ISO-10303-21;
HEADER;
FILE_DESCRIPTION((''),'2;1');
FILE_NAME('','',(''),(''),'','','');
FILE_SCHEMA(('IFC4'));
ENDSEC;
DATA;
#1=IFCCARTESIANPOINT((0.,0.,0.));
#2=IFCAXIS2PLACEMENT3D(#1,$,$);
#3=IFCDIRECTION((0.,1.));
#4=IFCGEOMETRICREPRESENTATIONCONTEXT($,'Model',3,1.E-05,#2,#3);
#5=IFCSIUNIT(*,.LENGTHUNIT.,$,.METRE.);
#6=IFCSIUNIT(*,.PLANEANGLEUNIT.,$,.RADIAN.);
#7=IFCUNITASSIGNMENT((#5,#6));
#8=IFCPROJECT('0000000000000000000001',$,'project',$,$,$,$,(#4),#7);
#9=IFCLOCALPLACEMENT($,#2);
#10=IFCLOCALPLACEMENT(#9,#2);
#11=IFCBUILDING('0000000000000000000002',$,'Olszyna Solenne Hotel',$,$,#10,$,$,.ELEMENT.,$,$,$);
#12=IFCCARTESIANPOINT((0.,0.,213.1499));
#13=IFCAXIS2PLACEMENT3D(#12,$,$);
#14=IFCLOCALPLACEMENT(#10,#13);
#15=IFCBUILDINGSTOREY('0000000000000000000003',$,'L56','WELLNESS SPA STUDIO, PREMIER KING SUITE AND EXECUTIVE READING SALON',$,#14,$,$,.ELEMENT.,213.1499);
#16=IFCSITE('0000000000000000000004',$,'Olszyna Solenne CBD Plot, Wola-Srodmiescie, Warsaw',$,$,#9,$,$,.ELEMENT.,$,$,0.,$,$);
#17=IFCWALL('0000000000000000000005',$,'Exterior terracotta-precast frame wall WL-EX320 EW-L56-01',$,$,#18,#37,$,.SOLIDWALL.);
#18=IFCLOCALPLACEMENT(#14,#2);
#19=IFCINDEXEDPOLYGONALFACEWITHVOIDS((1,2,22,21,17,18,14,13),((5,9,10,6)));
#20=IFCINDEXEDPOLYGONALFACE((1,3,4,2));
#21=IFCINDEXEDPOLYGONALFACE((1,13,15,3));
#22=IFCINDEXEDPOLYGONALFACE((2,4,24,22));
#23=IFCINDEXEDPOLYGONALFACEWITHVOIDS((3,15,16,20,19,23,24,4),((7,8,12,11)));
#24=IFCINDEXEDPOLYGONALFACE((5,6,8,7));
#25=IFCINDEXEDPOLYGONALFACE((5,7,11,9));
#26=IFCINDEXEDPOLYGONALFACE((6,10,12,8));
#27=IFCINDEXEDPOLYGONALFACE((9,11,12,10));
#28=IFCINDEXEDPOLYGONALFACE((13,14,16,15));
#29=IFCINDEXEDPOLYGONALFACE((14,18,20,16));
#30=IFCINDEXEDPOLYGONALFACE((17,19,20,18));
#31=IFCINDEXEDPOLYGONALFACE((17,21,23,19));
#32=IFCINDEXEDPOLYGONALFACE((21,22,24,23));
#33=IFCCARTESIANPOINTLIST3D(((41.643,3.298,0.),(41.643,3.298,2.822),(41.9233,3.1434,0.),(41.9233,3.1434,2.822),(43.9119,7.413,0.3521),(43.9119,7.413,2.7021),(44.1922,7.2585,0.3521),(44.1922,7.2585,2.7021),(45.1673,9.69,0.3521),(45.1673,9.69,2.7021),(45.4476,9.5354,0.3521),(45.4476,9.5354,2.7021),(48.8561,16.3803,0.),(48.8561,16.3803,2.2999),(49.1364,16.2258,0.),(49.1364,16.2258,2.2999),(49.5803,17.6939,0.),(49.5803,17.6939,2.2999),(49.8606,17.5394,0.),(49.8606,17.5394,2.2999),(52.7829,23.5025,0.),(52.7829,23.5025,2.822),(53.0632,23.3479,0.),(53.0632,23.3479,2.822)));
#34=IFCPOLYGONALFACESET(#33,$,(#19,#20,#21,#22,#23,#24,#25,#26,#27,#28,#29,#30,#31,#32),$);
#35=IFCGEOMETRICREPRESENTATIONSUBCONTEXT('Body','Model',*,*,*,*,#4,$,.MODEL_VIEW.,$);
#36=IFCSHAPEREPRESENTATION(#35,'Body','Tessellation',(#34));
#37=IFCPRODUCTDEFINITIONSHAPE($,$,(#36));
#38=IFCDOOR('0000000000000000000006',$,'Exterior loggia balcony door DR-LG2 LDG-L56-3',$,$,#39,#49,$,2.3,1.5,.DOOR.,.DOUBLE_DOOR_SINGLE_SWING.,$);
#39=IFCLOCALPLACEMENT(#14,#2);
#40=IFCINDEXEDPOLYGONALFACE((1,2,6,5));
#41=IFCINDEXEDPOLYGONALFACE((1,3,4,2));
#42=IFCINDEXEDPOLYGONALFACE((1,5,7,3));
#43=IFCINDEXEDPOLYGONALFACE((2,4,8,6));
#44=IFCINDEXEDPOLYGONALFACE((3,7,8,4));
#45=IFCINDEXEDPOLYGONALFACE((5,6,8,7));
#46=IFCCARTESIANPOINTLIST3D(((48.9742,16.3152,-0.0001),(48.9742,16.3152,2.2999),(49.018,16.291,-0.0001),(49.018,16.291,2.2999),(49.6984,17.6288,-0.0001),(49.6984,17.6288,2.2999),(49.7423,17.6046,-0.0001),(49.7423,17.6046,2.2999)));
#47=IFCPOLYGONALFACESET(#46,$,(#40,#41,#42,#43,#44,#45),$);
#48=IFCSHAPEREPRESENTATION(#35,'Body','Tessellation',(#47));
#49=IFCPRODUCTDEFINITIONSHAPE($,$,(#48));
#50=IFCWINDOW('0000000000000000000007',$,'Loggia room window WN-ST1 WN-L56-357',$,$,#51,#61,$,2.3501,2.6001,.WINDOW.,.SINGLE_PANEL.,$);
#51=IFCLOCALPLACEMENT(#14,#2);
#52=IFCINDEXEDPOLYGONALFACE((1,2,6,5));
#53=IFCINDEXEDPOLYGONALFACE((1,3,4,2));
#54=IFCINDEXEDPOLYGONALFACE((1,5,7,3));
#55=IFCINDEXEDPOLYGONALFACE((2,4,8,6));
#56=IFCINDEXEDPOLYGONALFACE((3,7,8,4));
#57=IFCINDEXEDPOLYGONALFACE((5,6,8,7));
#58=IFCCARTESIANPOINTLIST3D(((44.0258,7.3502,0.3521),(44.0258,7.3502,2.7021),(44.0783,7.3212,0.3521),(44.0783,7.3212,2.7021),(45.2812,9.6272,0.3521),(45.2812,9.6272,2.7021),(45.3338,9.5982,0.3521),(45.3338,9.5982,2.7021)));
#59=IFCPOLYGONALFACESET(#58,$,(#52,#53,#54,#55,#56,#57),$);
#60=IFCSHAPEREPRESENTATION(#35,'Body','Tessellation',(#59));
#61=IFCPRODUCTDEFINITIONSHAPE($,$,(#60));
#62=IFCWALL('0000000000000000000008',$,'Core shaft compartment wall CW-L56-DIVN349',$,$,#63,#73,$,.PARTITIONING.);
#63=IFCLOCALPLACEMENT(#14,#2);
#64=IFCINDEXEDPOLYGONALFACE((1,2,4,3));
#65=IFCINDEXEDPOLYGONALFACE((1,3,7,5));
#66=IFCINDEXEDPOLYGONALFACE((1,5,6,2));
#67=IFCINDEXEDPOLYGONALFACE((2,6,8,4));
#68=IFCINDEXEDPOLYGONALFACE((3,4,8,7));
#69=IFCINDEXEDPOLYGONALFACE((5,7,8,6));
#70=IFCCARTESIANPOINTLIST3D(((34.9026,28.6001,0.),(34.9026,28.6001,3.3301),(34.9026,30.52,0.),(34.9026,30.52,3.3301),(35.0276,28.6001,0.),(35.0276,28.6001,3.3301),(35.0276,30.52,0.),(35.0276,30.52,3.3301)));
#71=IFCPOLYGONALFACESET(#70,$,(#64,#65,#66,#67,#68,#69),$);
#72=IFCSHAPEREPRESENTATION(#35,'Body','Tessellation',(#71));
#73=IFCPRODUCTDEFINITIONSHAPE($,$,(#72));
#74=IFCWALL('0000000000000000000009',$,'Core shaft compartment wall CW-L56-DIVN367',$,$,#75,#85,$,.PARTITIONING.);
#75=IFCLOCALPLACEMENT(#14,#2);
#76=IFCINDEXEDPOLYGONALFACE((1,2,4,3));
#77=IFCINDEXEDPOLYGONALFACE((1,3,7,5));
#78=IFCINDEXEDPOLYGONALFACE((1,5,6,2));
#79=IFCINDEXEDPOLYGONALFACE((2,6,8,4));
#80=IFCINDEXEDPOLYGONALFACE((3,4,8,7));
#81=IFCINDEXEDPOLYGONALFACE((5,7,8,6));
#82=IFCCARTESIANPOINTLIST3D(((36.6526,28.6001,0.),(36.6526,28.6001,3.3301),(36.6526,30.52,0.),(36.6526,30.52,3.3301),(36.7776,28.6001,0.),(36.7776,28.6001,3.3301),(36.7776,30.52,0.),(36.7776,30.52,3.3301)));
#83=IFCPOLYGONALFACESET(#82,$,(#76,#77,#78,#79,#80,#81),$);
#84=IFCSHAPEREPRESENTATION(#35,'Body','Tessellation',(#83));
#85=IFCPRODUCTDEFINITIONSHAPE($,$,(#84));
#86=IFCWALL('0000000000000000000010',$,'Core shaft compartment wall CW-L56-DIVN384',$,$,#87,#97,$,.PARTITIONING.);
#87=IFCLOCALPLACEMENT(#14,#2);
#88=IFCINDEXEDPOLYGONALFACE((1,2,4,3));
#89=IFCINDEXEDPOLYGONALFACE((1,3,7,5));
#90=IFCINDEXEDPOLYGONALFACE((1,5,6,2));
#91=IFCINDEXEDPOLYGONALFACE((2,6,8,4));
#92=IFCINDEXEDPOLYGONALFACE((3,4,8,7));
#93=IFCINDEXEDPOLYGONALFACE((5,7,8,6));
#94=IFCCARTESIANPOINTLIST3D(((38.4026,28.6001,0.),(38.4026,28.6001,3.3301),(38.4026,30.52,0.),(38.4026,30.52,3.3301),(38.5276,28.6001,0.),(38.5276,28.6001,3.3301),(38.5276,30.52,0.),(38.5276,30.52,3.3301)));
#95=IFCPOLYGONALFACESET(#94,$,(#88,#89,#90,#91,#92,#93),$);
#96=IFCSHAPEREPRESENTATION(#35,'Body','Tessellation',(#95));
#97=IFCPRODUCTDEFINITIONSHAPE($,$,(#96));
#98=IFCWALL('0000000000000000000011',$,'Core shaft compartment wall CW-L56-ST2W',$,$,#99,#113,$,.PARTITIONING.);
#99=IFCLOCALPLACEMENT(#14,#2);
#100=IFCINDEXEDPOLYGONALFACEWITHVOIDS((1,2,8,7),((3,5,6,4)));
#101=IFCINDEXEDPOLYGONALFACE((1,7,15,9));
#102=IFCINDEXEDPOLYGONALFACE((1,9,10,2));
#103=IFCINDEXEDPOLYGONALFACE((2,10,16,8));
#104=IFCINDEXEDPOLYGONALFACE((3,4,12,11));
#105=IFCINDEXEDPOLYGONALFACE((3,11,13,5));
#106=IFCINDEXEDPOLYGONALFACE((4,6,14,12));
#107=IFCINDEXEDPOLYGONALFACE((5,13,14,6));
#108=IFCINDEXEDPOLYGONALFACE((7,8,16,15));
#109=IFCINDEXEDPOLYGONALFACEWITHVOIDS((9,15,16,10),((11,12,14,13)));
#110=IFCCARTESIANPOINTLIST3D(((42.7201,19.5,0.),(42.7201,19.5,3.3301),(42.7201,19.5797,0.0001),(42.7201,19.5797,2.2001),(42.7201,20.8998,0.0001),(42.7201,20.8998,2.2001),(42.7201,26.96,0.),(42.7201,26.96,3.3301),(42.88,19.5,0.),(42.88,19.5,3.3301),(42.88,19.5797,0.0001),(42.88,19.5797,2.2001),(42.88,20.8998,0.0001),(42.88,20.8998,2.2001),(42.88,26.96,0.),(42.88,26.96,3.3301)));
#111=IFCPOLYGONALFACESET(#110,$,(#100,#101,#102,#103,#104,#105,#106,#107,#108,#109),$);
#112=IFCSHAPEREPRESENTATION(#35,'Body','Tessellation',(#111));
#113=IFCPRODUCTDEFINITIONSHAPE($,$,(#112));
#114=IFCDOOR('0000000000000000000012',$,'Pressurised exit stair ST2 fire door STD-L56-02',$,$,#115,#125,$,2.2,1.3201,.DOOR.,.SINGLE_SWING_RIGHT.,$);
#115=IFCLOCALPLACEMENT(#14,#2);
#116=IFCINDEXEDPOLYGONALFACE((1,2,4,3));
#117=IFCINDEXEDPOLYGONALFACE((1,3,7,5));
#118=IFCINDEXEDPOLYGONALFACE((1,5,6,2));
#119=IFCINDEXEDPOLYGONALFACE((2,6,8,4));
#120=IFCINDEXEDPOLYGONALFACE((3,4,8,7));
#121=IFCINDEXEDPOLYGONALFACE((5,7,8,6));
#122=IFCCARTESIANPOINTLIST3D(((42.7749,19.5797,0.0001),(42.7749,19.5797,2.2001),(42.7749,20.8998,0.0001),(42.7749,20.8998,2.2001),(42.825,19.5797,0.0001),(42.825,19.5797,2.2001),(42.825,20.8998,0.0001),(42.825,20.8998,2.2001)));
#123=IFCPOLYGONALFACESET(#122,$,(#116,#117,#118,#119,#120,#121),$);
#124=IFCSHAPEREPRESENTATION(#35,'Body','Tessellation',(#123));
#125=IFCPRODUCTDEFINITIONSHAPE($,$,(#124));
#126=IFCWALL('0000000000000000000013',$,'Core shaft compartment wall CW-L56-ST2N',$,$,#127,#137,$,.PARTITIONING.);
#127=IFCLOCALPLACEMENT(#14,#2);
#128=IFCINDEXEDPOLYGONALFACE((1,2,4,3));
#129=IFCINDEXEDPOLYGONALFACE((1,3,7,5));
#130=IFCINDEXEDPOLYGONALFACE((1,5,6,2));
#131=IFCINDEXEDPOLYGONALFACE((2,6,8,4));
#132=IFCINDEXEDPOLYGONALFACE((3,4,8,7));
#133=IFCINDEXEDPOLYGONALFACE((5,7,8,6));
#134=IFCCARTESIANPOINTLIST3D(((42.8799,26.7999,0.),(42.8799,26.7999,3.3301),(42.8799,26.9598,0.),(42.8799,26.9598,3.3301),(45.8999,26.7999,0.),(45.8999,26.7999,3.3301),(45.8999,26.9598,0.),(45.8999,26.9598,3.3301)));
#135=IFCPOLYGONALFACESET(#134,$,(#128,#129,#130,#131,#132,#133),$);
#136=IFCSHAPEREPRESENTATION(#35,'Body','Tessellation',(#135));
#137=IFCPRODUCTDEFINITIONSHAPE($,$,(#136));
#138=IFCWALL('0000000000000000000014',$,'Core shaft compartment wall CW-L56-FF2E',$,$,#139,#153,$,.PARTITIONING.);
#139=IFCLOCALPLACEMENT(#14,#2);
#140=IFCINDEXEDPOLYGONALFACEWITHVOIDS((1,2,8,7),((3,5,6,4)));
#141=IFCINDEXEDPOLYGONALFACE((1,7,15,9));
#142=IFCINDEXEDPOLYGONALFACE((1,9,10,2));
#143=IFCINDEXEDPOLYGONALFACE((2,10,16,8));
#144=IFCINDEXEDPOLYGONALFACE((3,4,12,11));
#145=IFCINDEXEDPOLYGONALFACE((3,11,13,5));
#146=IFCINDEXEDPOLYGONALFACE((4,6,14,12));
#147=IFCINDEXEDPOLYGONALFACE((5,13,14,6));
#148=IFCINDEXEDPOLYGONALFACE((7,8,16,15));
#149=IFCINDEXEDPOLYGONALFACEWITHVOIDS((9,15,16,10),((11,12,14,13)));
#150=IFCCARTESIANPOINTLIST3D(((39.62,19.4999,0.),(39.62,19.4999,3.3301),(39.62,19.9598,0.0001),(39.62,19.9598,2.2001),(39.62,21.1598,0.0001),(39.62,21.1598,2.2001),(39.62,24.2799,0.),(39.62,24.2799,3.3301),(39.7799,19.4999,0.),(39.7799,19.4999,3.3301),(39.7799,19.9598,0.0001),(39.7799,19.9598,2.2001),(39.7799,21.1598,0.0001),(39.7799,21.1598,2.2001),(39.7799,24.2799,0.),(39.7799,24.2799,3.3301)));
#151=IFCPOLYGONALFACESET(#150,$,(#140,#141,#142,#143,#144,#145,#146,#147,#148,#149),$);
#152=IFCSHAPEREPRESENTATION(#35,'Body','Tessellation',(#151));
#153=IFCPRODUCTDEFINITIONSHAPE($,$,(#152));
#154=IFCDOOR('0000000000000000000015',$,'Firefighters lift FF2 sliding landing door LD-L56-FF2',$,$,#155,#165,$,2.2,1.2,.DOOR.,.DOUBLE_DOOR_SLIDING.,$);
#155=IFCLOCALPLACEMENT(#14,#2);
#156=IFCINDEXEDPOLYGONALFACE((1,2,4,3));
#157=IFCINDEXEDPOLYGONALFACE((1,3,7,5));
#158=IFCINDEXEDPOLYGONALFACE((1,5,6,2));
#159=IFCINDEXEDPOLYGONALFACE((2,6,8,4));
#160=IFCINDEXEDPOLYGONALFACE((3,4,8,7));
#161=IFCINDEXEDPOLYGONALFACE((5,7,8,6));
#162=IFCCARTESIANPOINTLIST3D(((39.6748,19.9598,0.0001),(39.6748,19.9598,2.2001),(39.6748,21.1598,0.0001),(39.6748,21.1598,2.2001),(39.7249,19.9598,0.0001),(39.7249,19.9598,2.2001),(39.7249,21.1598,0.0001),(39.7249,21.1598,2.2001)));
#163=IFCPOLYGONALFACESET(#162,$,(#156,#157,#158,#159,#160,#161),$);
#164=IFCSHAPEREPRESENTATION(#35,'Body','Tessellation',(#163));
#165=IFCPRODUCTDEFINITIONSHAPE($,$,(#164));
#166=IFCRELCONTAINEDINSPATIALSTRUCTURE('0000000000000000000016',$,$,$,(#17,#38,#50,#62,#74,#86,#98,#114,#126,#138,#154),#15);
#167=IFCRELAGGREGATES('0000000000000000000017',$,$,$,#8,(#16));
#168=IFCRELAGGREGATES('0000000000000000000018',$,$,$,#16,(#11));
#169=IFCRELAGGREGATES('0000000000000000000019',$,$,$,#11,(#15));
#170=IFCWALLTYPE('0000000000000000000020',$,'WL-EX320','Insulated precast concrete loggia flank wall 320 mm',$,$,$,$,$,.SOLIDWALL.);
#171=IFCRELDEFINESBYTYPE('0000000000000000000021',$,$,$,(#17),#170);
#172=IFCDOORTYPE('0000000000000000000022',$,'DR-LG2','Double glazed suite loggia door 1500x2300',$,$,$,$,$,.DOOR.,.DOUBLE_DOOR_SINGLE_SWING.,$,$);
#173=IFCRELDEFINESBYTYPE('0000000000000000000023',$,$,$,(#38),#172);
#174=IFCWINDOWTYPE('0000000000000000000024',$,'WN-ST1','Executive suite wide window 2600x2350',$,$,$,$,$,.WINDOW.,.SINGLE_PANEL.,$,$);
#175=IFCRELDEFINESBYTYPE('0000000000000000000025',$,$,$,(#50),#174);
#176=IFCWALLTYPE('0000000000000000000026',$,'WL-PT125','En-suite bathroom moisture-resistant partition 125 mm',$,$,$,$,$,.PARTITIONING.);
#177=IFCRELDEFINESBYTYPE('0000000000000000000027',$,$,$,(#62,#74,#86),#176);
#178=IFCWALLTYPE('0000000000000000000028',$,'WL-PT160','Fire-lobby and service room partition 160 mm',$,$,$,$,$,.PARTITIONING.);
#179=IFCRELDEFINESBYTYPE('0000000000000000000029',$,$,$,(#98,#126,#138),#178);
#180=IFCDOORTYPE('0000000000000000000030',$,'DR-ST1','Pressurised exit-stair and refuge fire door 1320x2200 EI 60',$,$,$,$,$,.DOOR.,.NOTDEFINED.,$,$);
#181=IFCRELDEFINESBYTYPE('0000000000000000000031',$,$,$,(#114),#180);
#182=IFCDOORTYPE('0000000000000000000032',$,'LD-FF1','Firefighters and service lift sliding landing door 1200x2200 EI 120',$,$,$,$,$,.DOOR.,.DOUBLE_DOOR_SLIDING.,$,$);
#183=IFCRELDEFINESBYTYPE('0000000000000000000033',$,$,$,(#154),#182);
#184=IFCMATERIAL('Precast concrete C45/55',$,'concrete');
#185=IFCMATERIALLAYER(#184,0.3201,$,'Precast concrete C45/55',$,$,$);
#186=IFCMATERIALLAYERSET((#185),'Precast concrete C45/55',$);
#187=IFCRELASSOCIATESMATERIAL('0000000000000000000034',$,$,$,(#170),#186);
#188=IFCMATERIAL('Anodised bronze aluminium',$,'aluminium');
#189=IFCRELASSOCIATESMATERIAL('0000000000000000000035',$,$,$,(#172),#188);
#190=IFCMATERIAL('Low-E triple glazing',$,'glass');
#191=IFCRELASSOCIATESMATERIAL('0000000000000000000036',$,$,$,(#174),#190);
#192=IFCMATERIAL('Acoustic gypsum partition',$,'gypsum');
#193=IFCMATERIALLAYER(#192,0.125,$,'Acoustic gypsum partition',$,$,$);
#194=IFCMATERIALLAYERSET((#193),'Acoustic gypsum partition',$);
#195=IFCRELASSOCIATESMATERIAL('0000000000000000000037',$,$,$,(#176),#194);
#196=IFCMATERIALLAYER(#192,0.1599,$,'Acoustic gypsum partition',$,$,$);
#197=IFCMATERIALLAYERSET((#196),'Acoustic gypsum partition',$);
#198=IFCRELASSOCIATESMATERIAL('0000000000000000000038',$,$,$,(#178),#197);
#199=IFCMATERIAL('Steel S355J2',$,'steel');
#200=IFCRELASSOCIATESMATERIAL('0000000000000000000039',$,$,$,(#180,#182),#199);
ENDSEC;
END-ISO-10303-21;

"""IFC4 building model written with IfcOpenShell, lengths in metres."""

from ifc_helpers import new_model, si_unit, direction, frame, frame_2d, origin, place, context, subcontext, project, spatial, rectangle, extrude, source, transform, mapped, material, layer, layer_set, type_object, type_shapes, element, fill, save


model = new_model("IFC4")

# Units and contexts
model_context = context("Model", 3, precision=1e-05, world=origin(), true_north=direction((0.0, 1.0)))
body_context = subcontext(model_context, "Body", "Model", "MODEL_VIEW")
ifc_project = project(units=[si_unit("LENGTHUNIT", "METRE"), si_unit("PLANEANGLEUNIT", "RADIAN")], contexts=[model_context])

# Site, building, storey
site_placement = place(None, origin())
site = spatial("IfcSite", under=ifc_project, at=site_placement, Name="Olszyna Solenne CBD Plot, Wola-Srodmiescie, Warsaw", CompositionType="ELEMENT", RefElevation=0.0)
building_placement = place(site_placement, origin())
building = spatial("IfcBuilding", under=site, at=building_placement, Name="Olszyna Solenne Hotel", CompositionType="ELEMENT")
storey_placement = place(building_placement, frame((0.0, 0.0, 213.1499)))
storey = spatial("IfcBuildingStorey", under=building, at=storey_placement, Name="L56", Description="WELLNESS SPA STUDIO, PREMIER KING SUITE AND EXECUTIVE READING SALON", CompositionType="ELEMENT", Elevation=213.1499)

# Shared definitions
ifc_material_1 = material(Name="Steel S355J2", Category="steel")

# Wall, openings, door, window
ifc_material_2 = material(Name="Precast concrete C45/55", Category="concrete")
ifc_layer_1 = layer(ifc_material_2, 0.3201, Name="Precast concrete C45/55")
ifc_layer_set_1 = layer_set([ifc_layer_1], Name="Precast concrete C45/55")
wall_type_1 = type_object("IfcWallType", Name="WL-EX320", Description="Insulated precast concrete loggia flank wall 320 mm", PredefinedType="SOLIDWALL", material=ifc_layer_set_1)
wall_1_placement = place(storey_placement, frame((52.9231, 23.4253, 0.0), z_axis=(0.0, 0.0, 1.0), x_axis=(-0.482829, -0.875715, 0.0)))
wall_1 = element("IfcWall", 1, at=wall_1_placement, inside=storey, type_object=wall_type_1, Name="Exterior terracotta-precast frame wall WL-EX320 EW-L56-01", PredefinedType="SOLIDWALL", context=body_context, shape_type="SweptSolid", body=[
    extrude(rectangle(XDim=23.072, YDim=0.3201, at=frame_2d((11.5361, 0.0))), origin(), (0.0, 0.0, 1.0), 2.822),
])
opening_1_placement = place(wall_1_placement, frame((6.6331, 0.0, 0.0)))
opening_1 = element("IfcOpeningElement", 2, at=opening_1_placement, cuts=wall_1, PredefinedType="OPENING", context=body_context, shape_type="SweptSolid", body=[
    extrude(rectangle(XDim=1.5, YDim=2.3, at=frame_2d((0.75, 1.1499))), frame((0.0, 0.1699, 0.0), z_axis=(0.0, -1.0, 0.0), x_axis=(1.0, 0.0, 0.0)), (0.0, 0.0, 1.0), 0.3401),
])
opening_2_placement = place(wall_1_placement, frame((15.7729, 0.0, 0.3521)))
opening_2 = element("IfcOpeningElement", 3, at=opening_2_placement, cuts=wall_1, PredefinedType="OPENING", context=body_context, shape_type="SweptSolid", body=[
    extrude(rectangle(XDim=2.6001, YDim=2.3501, at=frame_2d((1.3, 1.175))), frame((0.0, 0.1699, 0.0), z_axis=(0.0, -1.0, 0.0), x_axis=(1.0, 0.0, 0.0)), (0.0, 0.0, 1.0), 0.3401),
])
ifc_material_3 = material(Name="Anodised bronze aluminium", Category="aluminium")
door_type_1 = type_object("IfcDoorType", Name="DR-LG2", Description="Double glazed suite loggia door 1500x2300", OperationType="DOUBLE_DOOR_SINGLE_SWING", PredefinedType="DOOR", material=ifc_material_3)
shared_shape_1 = source(origin(), body_context, "Body", "SweptSolid", [
    extrude(rectangle(XDim=1.5, YDim=2.3, at=frame_2d((0.75, 1.1499))), frame((0.0, 0.0249, 0.0), z_axis=(0.0, -1.0, 0.0), x_axis=(1.0, 0.0, 0.0)), (0.0, 0.0, 1.0), 0.05),
])
type_shapes(door_type_1, [shared_shape_1])
door_1_placement = place(opening_1_placement, origin())
door_1 = element("IfcDoor", 4, at=door_1_placement, inside=storey, type_object=door_type_1, Name="Exterior loggia balcony door DR-LG2 LDG-L56-3", OperationType="DOUBLE_DOOR_SINGLE_SWING", OverallHeight=2.3, OverallWidth=1.5, PredefinedType="DOOR", context=body_context, shape_type="MappedRepresentation", body=[
    mapped(shared_shape_1, transform((0.0, 0.0, 0.0), x_axis=(1.0, 0.0, 0.0), y_axis=(0.0, 1.0, 0.0), z_axis=(0.0, 0.0, 1.0), scale=1.0)),
])
fill(opening_1, door_1)
ifc_material_4 = material(Name="Low-E triple glazing", Category="glass")
window_type = type_object("IfcWindowType", Name="WN-ST1", Description="Executive suite wide window 2600x2350", PartitioningType="SINGLE_PANEL", PredefinedType="WINDOW", material=ifc_material_4)
shared_shape_2 = source(origin(), body_context, "Body", "SweptSolid", [
    extrude(rectangle(XDim=2.6001, YDim=2.3501, at=frame_2d((1.3, 1.175))), frame((0.0, 0.03, 0.0), z_axis=(0.0, -1.0, 0.0), x_axis=(1.0, 0.0, 0.0)), (0.0, 0.0, 1.0), 0.0601),
])
type_shapes(window_type, [shared_shape_2])
window_placement = place(opening_2_placement, origin())
window = element("IfcWindow", 5, at=window_placement, inside=storey, type_object=window_type, Name="Loggia room window WN-ST1 WN-L56-357", OverallHeight=2.3501, OverallWidth=2.6001, PartitioningType="SINGLE_PANEL", PredefinedType="WINDOW", context=body_context, shape_type="MappedRepresentation", body=[
    mapped(shared_shape_2, transform((0.0, 0.0, 0.0), x_axis=(1.0, 0.0, 0.0), y_axis=(0.0, 1.0, 0.0), z_axis=(0.0, 0.0, 1.0), scale=1.0)),
])
fill(opening_2, window)

# Walls
ifc_material_5 = material(Name="Acoustic gypsum partition", Category="gypsum")
ifc_layer_2 = layer(ifc_material_5, 0.125, Name="Acoustic gypsum partition")
ifc_layer_set_2 = layer_set([ifc_layer_2], Name="Acoustic gypsum partition")
wall_type_2 = type_object("IfcWallType", Name="WL-PT125", Description="En-suite bathroom moisture-resistant partition 125 mm", PredefinedType="PARTITIONING", material=ifc_layer_set_2)
for number, where, z_axis, x_axis, name in (
    (6, (34.9651, 28.6001, 0.0), (0.0, 0.0, 1.0), (0.0, 1.0, 0.0), "Core shaft compartment wall CW-L56-DIVN349"),
    (7, (36.7151, 28.6001, 0.0), (0.0, 0.0, 1.0), (0.0, 1.0, 0.0), "Core shaft compartment wall CW-L56-DIVN367"),
    (8, (38.4651, 28.6001, 0.0), (0.0, 0.0, 1.0), (0.0, 1.0, 0.0), "Core shaft compartment wall CW-L56-DIVN384"),
):
    element("IfcWall", number, at=place(storey_placement, frame(where, z_axis=z_axis, x_axis=x_axis)), inside=storey, type_object=wall_type_2, Name=name, PredefinedType="PARTITIONING", context=body_context, shape_type="SweptSolid", body=[
        extrude(rectangle(XDim=1.9199, YDim=0.125, at=frame_2d((0.96, 0.0))), origin(), (0.0, 0.0, 1.0), 3.3301),
    ])

# Wall, opening, door
ifc_layer_3 = layer(ifc_material_5, 0.1599, Name="Acoustic gypsum partition")
ifc_layer_set_3 = layer_set([ifc_layer_3], Name="Acoustic gypsum partition")
wall_type_3 = type_object("IfcWallType", Name="WL-PT160", Description="Fire-lobby and service room partition 160 mm", PredefinedType="PARTITIONING", material=ifc_layer_set_3)
wall_2_placement = place(storey_placement, frame((42.8, 26.96, 0.0), z_axis=(0.0, 0.0, 1.0), x_axis=(0.0, -1.0, 0.0)))
wall_2 = element("IfcWall", 9, at=wall_2_placement, inside=storey, type_object=wall_type_3, Name="Core shaft compartment wall CW-L56-ST2W", PredefinedType="PARTITIONING", context=body_context, shape_type="SweptSolid", body=[
    extrude(rectangle(XDim=7.46, YDim=0.1599, at=frame_2d((3.73, 0.0))), origin(), (0.0, 0.0, 1.0), 3.3301),
])
opening_3_placement = place(wall_2_placement, frame((6.0601, 0.0, 0.0)))
opening_3 = element("IfcOpeningElement", 10, at=opening_3_placement, cuts=wall_2, PredefinedType="OPENING", context=body_context, shape_type="SweptSolid", body=[
    extrude(rectangle(XDim=1.3201, YDim=2.2, at=frame_2d((0.6602, 1.1001))), frame((0.0, 0.0898, 0.0), z_axis=(0.0, -1.0, 0.0), x_axis=(1.0, 0.0, 0.0)), (0.0, 0.0, 1.0), 0.1799),
])
door_type_2 = type_object("IfcDoorType", Name="DR-ST1", Description="Pressurised exit-stair and refuge fire door 1320x2200 EI 60", OperationType="NOTDEFINED", PredefinedType="DOOR", material=ifc_material_1)
shared_shape_3 = source(origin(), body_context, "Body", "SweptSolid", [
    extrude(rectangle(XDim=1.3201, YDim=2.2, at=frame_2d((0.6602, 1.1001))), frame((0.0, 0.0249, 0.0), z_axis=(0.0, -1.0, 0.0), x_axis=(1.0, 0.0, 0.0)), (0.0, 0.0, 1.0), 0.05),
])
type_shapes(door_type_2, [shared_shape_3])
door_2_placement = place(opening_3_placement, origin())
door_2 = element("IfcDoor", 11, at=door_2_placement, inside=storey, type_object=door_type_2, Name="Pressurised exit stair ST2 fire door STD-L56-02", OperationType="SINGLE_SWING_RIGHT", OverallHeight=2.2, OverallWidth=1.3201, PredefinedType="DOOR", context=body_context, shape_type="MappedRepresentation", body=[
    mapped(shared_shape_3, transform((0.0, 0.0, 0.0), x_axis=(1.0, 0.0, 0.0), y_axis=(0.0, 1.0, 0.0), z_axis=(0.0, 0.0, 1.0), scale=1.0)),
])
fill(opening_3, door_2)

# Wall
wall_3_placement = place(storey_placement, frame((42.8799, 26.8799, 0.0), z_axis=(0.0, 0.0, 1.0), x_axis=(1.0, 0.0, 0.0)))
element("IfcWall", 12, at=wall_3_placement, inside=storey, type_object=wall_type_3, Name="Core shaft compartment wall CW-L56-ST2N", PredefinedType="PARTITIONING", context=body_context, shape_type="SweptSolid", body=[
    extrude(rectangle(XDim=3.02, YDim=0.1599, at=frame_2d((1.51, 0.0))), origin(), (0.0, 0.0, 1.0), 3.3301),
])

# Wall, opening, door
wall_4_placement = place(storey_placement, frame((39.7, 24.28, 0.0), z_axis=(0.0, 0.0, 1.0), x_axis=(0.0, -1.0, 0.0)))
wall_4 = element("IfcWall", 13, at=wall_4_placement, inside=storey, type_object=wall_type_3, Name="Core shaft compartment wall CW-L56-FF2E", PredefinedType="PARTITIONING", context=body_context, shape_type="SweptSolid", body=[
    extrude(rectangle(XDim=4.78, YDim=0.1599, at=frame_2d((2.3901, 0.0))), origin(), (0.0, 0.0, 1.0), 3.3301),
])
opening_4_placement = place(wall_4_placement, frame((3.1201, 0.0, 0.0)))
opening_4 = element("IfcOpeningElement", 14, at=opening_4_placement, cuts=wall_4, PredefinedType="OPENING", context=body_context, shape_type="SweptSolid", body=[
    extrude(rectangle(XDim=1.2, YDim=2.2, at=frame_2d((0.6001, 1.1001))), frame((0.0, 0.0898, 0.0), z_axis=(0.0, -1.0, 0.0), x_axis=(1.0, 0.0, 0.0)), (0.0, 0.0, 1.0), 0.1799),
])
door_type_3 = type_object("IfcDoorType", Name="LD-FF1", Description="Firefighters and service lift sliding landing door 1200x2200 EI 120", OperationType="DOUBLE_DOOR_SLIDING", PredefinedType="DOOR", material=ifc_material_1)
shared_shape_4 = source(origin(), body_context, "Body", "SweptSolid", [
    extrude(rectangle(XDim=1.2, YDim=2.2, at=frame_2d((0.6001, 1.1001))), frame((0.0, 0.0249, 0.0), z_axis=(0.0, -1.0, 0.0), x_axis=(1.0, 0.0, 0.0)), (0.0, 0.0, 1.0), 0.05),
])
type_shapes(door_type_3, [shared_shape_4])
door_3_placement = place(opening_4_placement, origin())
door_3 = element("IfcDoor", 15, at=door_3_placement, inside=storey, type_object=door_type_3, Name="Firefighters lift FF2 sliding landing door LD-L56-FF2", OperationType="DOUBLE_DOOR_SLIDING", OverallHeight=2.2, OverallWidth=1.2, PredefinedType="DOOR", context=body_context, shape_type="MappedRepresentation", body=[
    mapped(shared_shape_4, transform((0.0, 0.0, 0.0), x_axis=(1.0, 0.0, 0.0), y_axis=(0.0, 1.0, 0.0), z_axis=(0.0, 0.0, 1.0), scale=1.0)),
])
fill(opening_4, door_3)

save(model, "model.ifc")
